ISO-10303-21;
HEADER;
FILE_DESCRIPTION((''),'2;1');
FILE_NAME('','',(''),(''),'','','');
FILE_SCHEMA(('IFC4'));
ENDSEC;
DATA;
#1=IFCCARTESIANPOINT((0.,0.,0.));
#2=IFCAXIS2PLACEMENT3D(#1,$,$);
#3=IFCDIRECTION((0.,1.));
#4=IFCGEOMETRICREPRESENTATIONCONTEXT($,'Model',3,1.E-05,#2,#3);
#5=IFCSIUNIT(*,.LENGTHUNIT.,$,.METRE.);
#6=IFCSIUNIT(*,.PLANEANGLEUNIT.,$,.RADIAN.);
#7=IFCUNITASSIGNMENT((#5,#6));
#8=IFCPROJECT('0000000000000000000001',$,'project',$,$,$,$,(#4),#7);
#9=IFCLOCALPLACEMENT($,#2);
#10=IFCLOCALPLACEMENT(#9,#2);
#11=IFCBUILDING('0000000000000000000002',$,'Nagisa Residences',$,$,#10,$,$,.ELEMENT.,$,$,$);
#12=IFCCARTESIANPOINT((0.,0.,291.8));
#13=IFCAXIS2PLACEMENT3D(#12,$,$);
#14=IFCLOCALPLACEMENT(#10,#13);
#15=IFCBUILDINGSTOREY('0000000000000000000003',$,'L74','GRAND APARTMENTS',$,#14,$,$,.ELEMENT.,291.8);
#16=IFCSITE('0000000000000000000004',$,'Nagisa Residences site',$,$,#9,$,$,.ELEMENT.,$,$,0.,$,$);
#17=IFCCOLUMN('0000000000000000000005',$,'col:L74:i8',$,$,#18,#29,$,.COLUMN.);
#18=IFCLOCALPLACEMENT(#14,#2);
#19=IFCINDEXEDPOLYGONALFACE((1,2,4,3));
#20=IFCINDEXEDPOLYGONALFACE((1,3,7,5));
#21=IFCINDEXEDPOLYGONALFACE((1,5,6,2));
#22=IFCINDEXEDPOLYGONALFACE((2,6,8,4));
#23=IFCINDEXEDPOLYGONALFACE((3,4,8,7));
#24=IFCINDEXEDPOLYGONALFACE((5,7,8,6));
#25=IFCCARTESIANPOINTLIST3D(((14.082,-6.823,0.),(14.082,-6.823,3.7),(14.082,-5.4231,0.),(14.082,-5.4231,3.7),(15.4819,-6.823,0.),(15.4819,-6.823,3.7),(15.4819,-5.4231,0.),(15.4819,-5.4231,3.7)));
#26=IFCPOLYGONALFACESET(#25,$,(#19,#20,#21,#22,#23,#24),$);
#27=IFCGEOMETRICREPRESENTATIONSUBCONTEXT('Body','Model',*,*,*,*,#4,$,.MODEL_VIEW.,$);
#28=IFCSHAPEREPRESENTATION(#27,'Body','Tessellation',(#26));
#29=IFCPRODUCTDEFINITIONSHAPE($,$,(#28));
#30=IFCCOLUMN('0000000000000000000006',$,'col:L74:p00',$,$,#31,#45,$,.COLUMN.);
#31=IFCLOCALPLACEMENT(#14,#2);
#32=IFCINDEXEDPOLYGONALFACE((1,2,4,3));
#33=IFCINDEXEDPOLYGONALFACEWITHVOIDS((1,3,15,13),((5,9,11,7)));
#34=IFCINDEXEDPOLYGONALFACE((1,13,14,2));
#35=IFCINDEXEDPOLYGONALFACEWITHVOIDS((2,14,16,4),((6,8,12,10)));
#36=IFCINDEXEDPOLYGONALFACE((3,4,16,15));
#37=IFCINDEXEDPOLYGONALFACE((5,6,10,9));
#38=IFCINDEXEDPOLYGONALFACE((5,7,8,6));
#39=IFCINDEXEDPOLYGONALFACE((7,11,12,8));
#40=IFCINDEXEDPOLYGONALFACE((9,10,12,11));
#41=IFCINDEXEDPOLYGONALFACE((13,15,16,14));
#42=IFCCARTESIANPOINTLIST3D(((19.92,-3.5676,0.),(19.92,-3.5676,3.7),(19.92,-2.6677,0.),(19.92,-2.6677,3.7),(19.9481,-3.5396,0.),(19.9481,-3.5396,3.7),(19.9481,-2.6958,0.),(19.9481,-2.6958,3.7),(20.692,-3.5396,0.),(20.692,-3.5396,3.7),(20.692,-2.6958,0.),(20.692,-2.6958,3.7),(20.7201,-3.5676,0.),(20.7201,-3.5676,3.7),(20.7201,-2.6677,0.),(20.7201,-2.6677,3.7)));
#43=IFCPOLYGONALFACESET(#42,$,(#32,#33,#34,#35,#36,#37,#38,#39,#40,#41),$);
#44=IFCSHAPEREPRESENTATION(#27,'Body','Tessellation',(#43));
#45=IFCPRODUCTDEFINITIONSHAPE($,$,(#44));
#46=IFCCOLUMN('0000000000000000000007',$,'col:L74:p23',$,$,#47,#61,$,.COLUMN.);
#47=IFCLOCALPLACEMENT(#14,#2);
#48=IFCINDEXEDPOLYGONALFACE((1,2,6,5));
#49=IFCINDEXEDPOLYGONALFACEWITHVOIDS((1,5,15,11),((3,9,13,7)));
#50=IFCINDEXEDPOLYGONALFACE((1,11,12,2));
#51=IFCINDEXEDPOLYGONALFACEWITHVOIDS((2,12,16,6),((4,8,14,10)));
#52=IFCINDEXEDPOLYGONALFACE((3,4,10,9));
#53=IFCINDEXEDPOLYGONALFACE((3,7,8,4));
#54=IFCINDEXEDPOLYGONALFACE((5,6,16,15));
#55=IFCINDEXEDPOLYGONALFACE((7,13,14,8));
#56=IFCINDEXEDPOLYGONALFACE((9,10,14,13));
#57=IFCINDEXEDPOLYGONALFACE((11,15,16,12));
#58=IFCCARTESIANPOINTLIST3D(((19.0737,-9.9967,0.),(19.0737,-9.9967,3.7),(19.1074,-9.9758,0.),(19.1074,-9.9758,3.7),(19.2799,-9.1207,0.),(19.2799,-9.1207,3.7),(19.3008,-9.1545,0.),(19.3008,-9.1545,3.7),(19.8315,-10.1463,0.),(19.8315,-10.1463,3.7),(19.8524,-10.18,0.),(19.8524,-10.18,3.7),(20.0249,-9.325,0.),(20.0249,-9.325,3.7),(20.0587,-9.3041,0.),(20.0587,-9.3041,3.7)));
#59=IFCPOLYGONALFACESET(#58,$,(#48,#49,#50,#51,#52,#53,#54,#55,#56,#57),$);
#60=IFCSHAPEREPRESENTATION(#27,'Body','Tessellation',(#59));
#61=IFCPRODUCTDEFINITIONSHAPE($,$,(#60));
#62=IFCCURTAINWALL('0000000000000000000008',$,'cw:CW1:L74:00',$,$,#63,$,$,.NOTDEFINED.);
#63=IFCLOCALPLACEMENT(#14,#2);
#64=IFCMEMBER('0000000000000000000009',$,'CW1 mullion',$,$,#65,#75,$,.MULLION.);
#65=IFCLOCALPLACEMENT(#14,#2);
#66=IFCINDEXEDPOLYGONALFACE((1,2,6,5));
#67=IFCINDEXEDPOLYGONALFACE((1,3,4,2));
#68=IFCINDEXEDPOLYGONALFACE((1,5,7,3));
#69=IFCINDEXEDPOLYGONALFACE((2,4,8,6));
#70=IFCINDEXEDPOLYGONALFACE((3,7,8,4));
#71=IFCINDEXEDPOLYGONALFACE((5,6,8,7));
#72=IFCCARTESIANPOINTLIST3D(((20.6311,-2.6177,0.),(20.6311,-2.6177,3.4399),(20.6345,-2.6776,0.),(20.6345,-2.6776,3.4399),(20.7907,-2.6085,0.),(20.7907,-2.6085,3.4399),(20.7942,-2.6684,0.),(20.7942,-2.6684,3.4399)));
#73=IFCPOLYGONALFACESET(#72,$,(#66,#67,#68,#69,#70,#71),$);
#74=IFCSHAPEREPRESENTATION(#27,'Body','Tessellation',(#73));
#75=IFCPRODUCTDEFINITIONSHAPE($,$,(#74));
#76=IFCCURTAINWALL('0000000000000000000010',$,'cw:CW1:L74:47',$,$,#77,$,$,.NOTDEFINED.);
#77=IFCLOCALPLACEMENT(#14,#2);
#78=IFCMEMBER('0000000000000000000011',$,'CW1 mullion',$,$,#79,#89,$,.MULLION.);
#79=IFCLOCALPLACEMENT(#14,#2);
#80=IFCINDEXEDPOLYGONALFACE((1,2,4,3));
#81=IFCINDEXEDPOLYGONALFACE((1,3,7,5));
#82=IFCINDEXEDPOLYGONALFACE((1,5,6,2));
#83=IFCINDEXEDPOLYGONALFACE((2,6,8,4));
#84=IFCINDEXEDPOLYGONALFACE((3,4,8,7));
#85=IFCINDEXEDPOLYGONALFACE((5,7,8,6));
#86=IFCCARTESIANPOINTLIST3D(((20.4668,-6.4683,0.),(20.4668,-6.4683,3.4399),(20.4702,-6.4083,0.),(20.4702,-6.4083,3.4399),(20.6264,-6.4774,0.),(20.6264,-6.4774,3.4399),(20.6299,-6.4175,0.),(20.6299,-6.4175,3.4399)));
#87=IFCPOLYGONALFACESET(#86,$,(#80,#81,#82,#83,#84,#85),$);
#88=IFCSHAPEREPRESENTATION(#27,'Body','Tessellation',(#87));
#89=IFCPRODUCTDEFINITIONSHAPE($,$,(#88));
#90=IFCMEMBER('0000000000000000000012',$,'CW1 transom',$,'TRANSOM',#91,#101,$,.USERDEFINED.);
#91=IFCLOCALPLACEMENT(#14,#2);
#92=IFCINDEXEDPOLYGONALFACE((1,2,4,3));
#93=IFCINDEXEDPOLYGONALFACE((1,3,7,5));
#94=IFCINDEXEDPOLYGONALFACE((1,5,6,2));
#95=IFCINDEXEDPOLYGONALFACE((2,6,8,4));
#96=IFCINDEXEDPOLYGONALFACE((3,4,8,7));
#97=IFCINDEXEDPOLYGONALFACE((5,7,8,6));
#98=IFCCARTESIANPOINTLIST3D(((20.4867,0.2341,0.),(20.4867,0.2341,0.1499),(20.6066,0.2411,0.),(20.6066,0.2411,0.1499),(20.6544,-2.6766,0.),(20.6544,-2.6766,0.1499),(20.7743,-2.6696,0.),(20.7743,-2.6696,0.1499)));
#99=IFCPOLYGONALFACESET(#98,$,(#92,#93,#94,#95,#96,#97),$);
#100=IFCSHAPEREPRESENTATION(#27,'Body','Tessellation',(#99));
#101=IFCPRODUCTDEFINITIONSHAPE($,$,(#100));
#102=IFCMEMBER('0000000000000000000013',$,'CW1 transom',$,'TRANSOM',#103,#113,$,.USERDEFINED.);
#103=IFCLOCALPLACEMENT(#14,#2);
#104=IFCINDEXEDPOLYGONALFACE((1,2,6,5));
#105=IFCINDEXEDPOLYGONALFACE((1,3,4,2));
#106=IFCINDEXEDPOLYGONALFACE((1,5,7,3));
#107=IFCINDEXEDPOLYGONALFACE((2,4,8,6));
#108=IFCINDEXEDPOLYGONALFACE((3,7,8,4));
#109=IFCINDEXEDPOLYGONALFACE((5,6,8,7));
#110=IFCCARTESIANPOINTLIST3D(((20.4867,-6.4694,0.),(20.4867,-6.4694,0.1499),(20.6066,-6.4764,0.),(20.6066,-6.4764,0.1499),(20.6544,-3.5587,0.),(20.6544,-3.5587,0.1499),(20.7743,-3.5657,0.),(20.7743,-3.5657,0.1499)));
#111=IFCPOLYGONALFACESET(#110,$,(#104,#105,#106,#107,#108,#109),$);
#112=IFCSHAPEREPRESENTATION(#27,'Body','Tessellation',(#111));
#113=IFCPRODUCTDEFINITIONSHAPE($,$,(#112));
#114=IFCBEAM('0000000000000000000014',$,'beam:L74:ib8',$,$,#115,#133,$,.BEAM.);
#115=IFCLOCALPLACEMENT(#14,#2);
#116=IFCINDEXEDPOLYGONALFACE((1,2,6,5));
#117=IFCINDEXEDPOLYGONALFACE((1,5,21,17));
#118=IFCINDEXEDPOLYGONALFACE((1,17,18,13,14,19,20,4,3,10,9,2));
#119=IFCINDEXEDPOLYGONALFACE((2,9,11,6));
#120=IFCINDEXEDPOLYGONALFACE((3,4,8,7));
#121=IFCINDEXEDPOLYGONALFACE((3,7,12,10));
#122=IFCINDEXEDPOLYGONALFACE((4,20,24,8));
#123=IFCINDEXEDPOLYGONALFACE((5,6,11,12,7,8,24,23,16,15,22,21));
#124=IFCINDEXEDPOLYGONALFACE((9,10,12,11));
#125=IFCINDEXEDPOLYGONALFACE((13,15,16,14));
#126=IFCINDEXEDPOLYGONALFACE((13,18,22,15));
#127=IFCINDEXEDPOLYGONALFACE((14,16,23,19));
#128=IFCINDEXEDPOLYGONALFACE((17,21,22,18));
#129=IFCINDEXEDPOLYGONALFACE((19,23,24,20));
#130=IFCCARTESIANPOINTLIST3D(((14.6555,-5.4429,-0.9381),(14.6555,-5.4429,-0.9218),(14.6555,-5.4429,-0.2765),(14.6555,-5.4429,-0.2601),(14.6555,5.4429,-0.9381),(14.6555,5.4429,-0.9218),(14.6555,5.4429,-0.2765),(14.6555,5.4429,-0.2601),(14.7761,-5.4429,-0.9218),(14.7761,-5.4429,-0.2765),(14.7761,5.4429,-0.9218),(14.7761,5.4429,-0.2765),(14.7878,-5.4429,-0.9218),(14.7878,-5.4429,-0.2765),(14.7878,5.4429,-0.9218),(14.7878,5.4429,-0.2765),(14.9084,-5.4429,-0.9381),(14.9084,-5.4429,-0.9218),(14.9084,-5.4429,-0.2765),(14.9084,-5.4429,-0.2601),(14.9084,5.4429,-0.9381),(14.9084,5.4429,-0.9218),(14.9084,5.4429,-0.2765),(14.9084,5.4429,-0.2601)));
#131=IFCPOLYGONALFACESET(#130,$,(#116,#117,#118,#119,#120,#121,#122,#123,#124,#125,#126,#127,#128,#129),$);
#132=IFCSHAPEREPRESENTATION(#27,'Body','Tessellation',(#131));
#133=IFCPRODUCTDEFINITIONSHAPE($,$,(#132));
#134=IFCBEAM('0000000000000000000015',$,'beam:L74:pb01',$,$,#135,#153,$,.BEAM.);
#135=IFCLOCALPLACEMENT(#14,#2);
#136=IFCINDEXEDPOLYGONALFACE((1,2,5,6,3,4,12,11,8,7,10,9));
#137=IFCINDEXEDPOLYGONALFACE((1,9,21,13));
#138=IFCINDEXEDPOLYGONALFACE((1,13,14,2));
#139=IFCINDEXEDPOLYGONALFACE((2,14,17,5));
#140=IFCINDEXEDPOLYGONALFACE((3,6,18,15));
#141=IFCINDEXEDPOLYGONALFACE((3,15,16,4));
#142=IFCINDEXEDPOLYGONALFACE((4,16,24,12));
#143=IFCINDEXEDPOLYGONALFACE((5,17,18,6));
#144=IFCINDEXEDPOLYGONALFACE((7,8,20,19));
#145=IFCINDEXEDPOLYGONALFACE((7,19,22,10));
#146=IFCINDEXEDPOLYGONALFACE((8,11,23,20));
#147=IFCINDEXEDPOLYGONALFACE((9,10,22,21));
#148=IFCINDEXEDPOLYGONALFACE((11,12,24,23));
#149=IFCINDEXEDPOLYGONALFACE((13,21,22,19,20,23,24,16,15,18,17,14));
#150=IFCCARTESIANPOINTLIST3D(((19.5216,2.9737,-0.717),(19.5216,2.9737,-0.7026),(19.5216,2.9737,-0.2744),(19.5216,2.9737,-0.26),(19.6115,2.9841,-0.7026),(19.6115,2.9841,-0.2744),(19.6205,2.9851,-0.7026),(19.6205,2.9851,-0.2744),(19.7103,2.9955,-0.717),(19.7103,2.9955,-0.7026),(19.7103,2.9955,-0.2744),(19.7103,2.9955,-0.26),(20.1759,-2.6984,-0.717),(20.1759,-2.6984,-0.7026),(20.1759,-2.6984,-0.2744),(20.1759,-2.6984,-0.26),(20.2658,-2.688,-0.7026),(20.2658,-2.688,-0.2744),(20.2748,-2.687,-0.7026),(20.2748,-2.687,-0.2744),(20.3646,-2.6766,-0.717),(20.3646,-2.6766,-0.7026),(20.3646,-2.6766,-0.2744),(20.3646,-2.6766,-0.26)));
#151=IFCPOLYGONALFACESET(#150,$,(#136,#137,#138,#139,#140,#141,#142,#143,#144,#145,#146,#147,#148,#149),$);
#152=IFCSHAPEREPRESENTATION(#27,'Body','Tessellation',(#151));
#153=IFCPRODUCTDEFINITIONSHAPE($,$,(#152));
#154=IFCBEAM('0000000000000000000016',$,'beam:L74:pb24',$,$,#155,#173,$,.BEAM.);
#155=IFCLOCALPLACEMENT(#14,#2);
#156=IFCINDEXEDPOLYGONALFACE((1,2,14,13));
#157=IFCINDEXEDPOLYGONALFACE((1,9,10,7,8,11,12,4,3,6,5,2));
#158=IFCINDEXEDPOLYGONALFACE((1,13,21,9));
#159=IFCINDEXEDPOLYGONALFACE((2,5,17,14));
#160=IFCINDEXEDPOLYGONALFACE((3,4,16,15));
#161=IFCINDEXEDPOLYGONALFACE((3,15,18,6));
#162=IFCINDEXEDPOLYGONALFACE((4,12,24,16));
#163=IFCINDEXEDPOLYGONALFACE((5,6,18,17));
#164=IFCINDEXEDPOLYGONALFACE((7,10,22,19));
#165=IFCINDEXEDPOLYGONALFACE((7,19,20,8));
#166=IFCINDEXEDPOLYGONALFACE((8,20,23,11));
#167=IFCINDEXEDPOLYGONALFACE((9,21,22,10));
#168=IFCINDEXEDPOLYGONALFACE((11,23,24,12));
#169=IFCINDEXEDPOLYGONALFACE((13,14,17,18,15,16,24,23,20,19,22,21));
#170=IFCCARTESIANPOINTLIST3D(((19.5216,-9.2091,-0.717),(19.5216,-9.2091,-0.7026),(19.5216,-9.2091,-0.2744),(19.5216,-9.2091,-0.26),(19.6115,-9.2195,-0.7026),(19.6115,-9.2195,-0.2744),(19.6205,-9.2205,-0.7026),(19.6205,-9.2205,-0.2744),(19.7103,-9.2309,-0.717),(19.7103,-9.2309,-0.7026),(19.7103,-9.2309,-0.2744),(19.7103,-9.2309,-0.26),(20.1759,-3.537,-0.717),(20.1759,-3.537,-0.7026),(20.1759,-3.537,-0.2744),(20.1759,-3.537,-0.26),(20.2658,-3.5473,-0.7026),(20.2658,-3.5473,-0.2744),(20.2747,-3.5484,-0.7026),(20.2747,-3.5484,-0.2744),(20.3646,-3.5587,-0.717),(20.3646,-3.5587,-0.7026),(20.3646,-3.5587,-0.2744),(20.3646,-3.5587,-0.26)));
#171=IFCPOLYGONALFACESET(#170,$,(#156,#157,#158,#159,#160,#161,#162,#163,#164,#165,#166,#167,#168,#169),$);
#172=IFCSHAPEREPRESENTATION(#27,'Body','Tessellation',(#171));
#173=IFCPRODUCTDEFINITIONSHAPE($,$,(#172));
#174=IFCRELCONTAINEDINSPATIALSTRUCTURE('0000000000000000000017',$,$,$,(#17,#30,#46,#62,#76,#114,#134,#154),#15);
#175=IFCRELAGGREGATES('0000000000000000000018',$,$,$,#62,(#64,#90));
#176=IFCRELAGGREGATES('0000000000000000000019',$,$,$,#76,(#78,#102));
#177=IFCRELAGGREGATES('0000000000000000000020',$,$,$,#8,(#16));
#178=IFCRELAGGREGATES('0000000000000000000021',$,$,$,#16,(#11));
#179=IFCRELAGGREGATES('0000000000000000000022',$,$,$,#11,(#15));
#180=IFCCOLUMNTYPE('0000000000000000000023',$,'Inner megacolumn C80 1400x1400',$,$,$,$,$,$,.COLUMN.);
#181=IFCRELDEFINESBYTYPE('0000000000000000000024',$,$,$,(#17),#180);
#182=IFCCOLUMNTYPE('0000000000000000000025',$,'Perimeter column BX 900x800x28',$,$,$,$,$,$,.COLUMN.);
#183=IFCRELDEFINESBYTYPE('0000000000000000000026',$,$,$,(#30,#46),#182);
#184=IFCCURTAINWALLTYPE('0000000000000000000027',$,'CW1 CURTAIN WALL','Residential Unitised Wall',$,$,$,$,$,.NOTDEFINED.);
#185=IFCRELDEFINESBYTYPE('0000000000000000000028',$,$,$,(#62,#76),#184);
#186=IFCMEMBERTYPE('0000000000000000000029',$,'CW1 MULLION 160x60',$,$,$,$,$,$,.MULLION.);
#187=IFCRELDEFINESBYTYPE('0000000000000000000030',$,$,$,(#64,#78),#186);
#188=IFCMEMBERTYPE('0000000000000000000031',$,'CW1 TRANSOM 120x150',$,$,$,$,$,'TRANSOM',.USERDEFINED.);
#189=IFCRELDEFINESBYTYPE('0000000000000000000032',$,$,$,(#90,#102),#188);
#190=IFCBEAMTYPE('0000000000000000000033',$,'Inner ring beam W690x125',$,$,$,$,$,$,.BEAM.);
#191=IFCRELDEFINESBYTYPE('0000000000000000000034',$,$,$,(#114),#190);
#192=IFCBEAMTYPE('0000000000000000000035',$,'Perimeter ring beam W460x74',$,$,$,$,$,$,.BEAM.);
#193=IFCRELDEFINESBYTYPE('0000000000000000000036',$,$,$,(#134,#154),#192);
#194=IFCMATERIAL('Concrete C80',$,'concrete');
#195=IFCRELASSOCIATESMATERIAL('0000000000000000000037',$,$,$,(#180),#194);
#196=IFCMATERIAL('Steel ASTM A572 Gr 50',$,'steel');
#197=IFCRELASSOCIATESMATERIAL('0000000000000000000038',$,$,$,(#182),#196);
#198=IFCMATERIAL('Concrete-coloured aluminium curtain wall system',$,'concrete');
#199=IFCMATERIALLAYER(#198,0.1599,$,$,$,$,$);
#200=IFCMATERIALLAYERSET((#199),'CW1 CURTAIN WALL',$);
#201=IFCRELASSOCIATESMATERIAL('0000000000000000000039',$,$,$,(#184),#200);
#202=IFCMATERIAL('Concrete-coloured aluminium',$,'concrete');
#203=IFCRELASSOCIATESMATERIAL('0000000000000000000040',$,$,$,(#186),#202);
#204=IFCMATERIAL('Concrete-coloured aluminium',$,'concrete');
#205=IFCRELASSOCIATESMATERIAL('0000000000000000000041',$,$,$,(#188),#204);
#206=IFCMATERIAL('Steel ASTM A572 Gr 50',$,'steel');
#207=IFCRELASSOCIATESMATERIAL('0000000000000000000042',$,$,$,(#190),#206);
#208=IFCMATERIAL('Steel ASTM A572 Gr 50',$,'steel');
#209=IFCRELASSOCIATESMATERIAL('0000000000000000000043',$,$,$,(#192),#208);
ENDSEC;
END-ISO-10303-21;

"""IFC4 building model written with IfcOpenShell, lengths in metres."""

from ifc_helpers import new_model, si_unit, direction, frame, origin, origin_2d, place, context, subcontext, project, spatial, rectangle, hollow_rectangle, i_section, extrude, material, layer, layer_set, material_profile, profile_set, type_object, element, aggregate, save


model = new_model("IFC4")

# Units and contexts
model_context = context("Model", 3, precision=1e-05, world=origin(), true_north=direction((0.0, 1.0)))
body_context = subcontext(model_context, "Body", "Model", "MODEL_VIEW")
ifc_project = project(units=[si_unit("LENGTHUNIT", "METRE"), si_unit("PLANEANGLEUNIT", "RADIAN")], contexts=[model_context])

# Site, building, storey
site_placement = place(None, origin())
site = spatial("IfcSite", under=ifc_project, at=site_placement, Name="Nagisa Residences site", CompositionType="ELEMENT", RefElevation=0.0)
building_placement = place(site_placement, origin())
building = spatial("IfcBuilding", under=site, at=building_placement, Name="Nagisa Residences", CompositionType="ELEMENT")
storey_placement = place(building_placement, frame((0.0, 0.0, 291.8)))
storey = spatial("IfcBuildingStorey", under=building, at=storey_placement, Name="L74", Description="GRAND APARTMENTS", CompositionType="ELEMENT", Elevation=291.8)

# Columns
ifc_material_1 = material(Name="Concrete C80", Category="concrete")
ifc_material_profile_1 = material_profile(ifc_material_1, rectangle(XDim=1.3999, YDim=1.3999, at=origin_2d()), Name="C80 1400x1400")
ifc_profile_set_1 = profile_set([ifc_material_profile_1], Name="Concrete C80")
column_type_1 = type_object("IfcColumnType", Name="Inner megacolumn C80 1400x1400", PredefinedType="COLUMN", material=ifc_profile_set_1)
column_placement = place(storey_placement, frame((14.782, -6.123, 0.0), z_axis=(0.0, 0.0, 1.0), x_axis=(1.0, 0.0, 0.0)))
element("IfcColumn", 1, at=column_placement, inside=storey, type_object=column_type_1, Name="col:L74:i8", PredefinedType="COLUMN", context=body_context, shape_type="SweptSolid", body=[
    extrude(rectangle(XDim=1.3999, YDim=1.3999, at=origin_2d()), origin(), (0.0, 0.0, 1.0), 3.7),
])
ifc_material_2 = material(Name="Steel ASTM A572 Gr 50", Category="steel")
ifc_material_profile_2 = material_profile(ifc_material_2, hollow_rectangle(XDim=0.8999, YDim=0.8, WallThickness=0.0281, at=origin_2d()), Name="BX 900x800x28")
ifc_profile_set_2 = profile_set([ifc_material_profile_2], Name="Steel ASTM A572 Gr 50")
column_type_2 = type_object("IfcColumnType", Name="Perimeter column BX 900x800x28", PredefinedType="COLUMN", material=ifc_profile_set_2)
for number, where, z_axis, x_axis, name in (
    (2, (20.3201, -3.1177, 0.0), (0.0, 0.0, 1.0), (0.0, 1.0, 0.0), "col:L74:p00"),
    (3, (19.5662, -9.6504, 0.0), (0.0, 0.0, 1.0), (0.229202, 0.973379, 0.0), "col:L74:p23"),
):
    element("IfcColumn", number, at=place(storey_placement, frame(where, z_axis=z_axis, x_axis=x_axis)), inside=storey, type_object=column_type_2, Name=name, PredefinedType="COLUMN", context=body_context, shape_type="SweptSolid", body=[
        extrude(hollow_rectangle(XDim=0.8999, YDim=0.8, WallThickness=0.0281, at=origin_2d()), origin(), (0.0, 0.0, 1.0), 3.7),
    ])

# Curtain walls, members
ifc_material_3 = material(Name="Concrete-coloured aluminium curtain wall system", Category="concrete")
ifc_layer_1 = layer(ifc_material_3, 0.1599)
ifc_layer_set_1 = layer_set([ifc_layer_1], Name="CW1 CURTAIN WALL")
curtain_wall_type = type_object("IfcCurtainWallType", Name="CW1 CURTAIN WALL", Description="Residential Unitised Wall", PredefinedType="NOTDEFINED", material=ifc_layer_set_1)
curtain_wall_1_placement = place(storey_placement, origin())
curtain_wall_1 = element("IfcCurtainWall", 4, at=curtain_wall_1_placement, inside=storey, type_object=curtain_wall_type, Name="cw:CW1:L74:00", PredefinedType="NOTDEFINED")
ifc_material_4 = material(Name="Concrete-coloured aluminium", Category="concrete")
ifc_material_profile_3 = material_profile(ifc_material_4, rectangle(XDim=0.1599, YDim=0.0601, at=origin_2d()), Name="CW1 MULLION 160x60")
ifc_profile_set_3 = profile_set([ifc_material_profile_3], Name="Concrete-coloured aluminium")
member_type_1 = type_object("IfcMemberType", Name="CW1 MULLION 160x60", PredefinedType="MULLION", material=ifc_profile_set_3)
member_1_placement = place(storey_placement, frame((20.7126, -2.6431, 0.0), z_axis=(0.0, 0.0, 1.0), x_axis=(-0.998345, -0.057503, 0.0)))
member_1 = element("IfcMember", 5, at=member_1_placement, type_object=member_type_1, Name="CW1 mullion", PredefinedType="MULLION", context=body_context, shape_type="SweptSolid", body=[
    extrude(rectangle(XDim=0.1599, YDim=0.0601, at=origin_2d()), origin(), (0.0, 0.0, 1.0), 3.4399),
])
curtain_wall_2_placement = place(storey_placement, origin())
curtain_wall_2 = element("IfcCurtainWall", 6, at=curtain_wall_2_placement, inside=storey, type_object=curtain_wall_type, Name="cw:CW1:L74:47", PredefinedType="NOTDEFINED")
member_2_placement = place(storey_placement, frame((20.5483, -6.4429, 0.0), z_axis=(0.0, 0.0, 1.0), x_axis=(-0.998345, 0.057503, 0.0)))
member_2 = element("IfcMember", 7, at=member_2_placement, type_object=member_type_1, Name="CW1 mullion", PredefinedType="MULLION", context=body_context, shape_type="SweptSolid", body=[
    extrude(rectangle(XDim=0.1599, YDim=0.0601, at=origin_2d()), origin(), (0.0, 0.0, 1.0), 3.4399),
])

# Members
ifc_material_5 = material(Name="Concrete-coloured aluminium", Category="concrete")
ifc_material_profile_4 = material_profile(ifc_material_5, rectangle(XDim=0.1201, YDim=0.1499, at=origin_2d()), Name="CW1 TRANSOM 120x150")
ifc_profile_set_4 = profile_set([ifc_material_profile_4], Name="Concrete-coloured aluminium")
member_type_2 = type_object("IfcMemberType", Name="CW1 TRANSOM 120x150", ElementType="TRANSOM", PredefinedType="USERDEFINED", material=ifc_profile_set_4)
member_3_placement = place(storey_placement, frame((20.7144, -2.6731, 0.075), z_axis=(-0.057529, 0.998344, 0.0), x_axis=(-0.998344, -0.057529, 0.0)))
member_3 = element("IfcMember", 8, at=member_3_placement, type_object=member_type_2, Name="CW1 transom", ObjectType="TRANSOM", PredefinedType="USERDEFINED", context=body_context, shape_type="SweptSolid", body=[
    extrude(rectangle(XDim=0.1201, YDim=0.1499, at=origin_2d()), origin(), (0.0, 0.0, 1.0), 2.9155),
])
member_4_placement = place(storey_placement, frame((20.5466, -6.4729, 0.075), z_axis=(0.057529, 0.998344, 0.0), x_axis=(-0.998344, 0.057529, 0.0)))
member_4 = element("IfcMember", 9, at=member_4_placement, type_object=member_type_2, Name="CW1 transom", ObjectType="TRANSOM", PredefinedType="USERDEFINED", context=body_context, shape_type="SweptSolid", body=[
    extrude(rectangle(XDim=0.1201, YDim=0.1499, at=origin_2d()), origin(), (0.0, 0.0, 1.0), 2.9155),
])

# Beams
ifc_material_6 = material(Name="Steel ASTM A572 Gr 50", Category="steel")
ifc_material_profile_5 = material_profile(ifc_material_6, i_section(OverallWidth=0.2529, OverallDepth=0.678, WebThickness=0.0117, FlangeThickness=0.0164, at=origin_2d()), Name="W690x125")
ifc_profile_set_5 = profile_set([ifc_material_profile_5], Name="Steel ASTM A572 Gr 50")
beam_type_1 = type_object("IfcBeamType", Name="Inner ring beam W690x125", PredefinedType="BEAM", material=ifc_profile_set_5)
beam_1_placement = place(storey_placement, frame((14.782, -5.4429, -0.5991), z_axis=(0.0, 1.0, 0.0), x_axis=(-1.0, 0.0, 0.0)))
element("IfcBeam", 10, at=beam_1_placement, inside=storey, type_object=beam_type_1, Name="beam:L74:ib8", PredefinedType="BEAM", context=body_context, shape_type="SweptSolid", body=[
    extrude(i_section(OverallWidth=0.2529, OverallDepth=0.678, WebThickness=0.0117, FlangeThickness=0.0164, at=origin_2d()), origin(), (0.0, 0.0, 1.0), 10.8857),
])
ifc_material_7 = material(Name="Steel ASTM A572 Gr 50", Category="steel")
ifc_material_profile_6 = material_profile(ifc_material_7, i_section(OverallWidth=0.1899, OverallDepth=0.457, WebThickness=0.009, FlangeThickness=0.0144, at=origin_2d()), Name="W460x74")
ifc_profile_set_6 = profile_set([ifc_material_profile_6], Name="Steel ASTM A572 Gr 50")
beam_type_2 = type_object("IfcBeamType", Name="Perimeter ring beam W460x74", PredefinedType="BEAM", material=ifc_profile_set_6)
for number, where, z_axis, x_axis, name in (
    (11, (20.2703, -2.6875, -0.4885), (-0.114593, 0.993412, 0.0), (-0.993412, -0.114593, 0.0), "beam:L74:pb01"),
    (12, (19.616, -9.22, -0.4885), (0.114593, 0.993412, 0.0), (-0.993412, 0.114593, 0.0), "beam:L74:pb24"),
):
    element("IfcBeam", number, at=place(storey_placement, frame(where, z_axis=z_axis, x_axis=x_axis)), inside=storey, type_object=beam_type_2, Name=name, PredefinedType="BEAM", context=body_context, shape_type="SweptSolid", body=[
        extrude(i_section(OverallWidth=0.1899, OverallDepth=0.457, WebThickness=0.009, FlangeThickness=0.0144, at=origin_2d()), origin(), (0.0, 0.0, 1.0), 5.7097),
    ])

aggregate(curtain_wall_1, [member_1, member_3])

aggregate(curtain_wall_2, [member_2, member_4])

save(model, "model.ifc")
